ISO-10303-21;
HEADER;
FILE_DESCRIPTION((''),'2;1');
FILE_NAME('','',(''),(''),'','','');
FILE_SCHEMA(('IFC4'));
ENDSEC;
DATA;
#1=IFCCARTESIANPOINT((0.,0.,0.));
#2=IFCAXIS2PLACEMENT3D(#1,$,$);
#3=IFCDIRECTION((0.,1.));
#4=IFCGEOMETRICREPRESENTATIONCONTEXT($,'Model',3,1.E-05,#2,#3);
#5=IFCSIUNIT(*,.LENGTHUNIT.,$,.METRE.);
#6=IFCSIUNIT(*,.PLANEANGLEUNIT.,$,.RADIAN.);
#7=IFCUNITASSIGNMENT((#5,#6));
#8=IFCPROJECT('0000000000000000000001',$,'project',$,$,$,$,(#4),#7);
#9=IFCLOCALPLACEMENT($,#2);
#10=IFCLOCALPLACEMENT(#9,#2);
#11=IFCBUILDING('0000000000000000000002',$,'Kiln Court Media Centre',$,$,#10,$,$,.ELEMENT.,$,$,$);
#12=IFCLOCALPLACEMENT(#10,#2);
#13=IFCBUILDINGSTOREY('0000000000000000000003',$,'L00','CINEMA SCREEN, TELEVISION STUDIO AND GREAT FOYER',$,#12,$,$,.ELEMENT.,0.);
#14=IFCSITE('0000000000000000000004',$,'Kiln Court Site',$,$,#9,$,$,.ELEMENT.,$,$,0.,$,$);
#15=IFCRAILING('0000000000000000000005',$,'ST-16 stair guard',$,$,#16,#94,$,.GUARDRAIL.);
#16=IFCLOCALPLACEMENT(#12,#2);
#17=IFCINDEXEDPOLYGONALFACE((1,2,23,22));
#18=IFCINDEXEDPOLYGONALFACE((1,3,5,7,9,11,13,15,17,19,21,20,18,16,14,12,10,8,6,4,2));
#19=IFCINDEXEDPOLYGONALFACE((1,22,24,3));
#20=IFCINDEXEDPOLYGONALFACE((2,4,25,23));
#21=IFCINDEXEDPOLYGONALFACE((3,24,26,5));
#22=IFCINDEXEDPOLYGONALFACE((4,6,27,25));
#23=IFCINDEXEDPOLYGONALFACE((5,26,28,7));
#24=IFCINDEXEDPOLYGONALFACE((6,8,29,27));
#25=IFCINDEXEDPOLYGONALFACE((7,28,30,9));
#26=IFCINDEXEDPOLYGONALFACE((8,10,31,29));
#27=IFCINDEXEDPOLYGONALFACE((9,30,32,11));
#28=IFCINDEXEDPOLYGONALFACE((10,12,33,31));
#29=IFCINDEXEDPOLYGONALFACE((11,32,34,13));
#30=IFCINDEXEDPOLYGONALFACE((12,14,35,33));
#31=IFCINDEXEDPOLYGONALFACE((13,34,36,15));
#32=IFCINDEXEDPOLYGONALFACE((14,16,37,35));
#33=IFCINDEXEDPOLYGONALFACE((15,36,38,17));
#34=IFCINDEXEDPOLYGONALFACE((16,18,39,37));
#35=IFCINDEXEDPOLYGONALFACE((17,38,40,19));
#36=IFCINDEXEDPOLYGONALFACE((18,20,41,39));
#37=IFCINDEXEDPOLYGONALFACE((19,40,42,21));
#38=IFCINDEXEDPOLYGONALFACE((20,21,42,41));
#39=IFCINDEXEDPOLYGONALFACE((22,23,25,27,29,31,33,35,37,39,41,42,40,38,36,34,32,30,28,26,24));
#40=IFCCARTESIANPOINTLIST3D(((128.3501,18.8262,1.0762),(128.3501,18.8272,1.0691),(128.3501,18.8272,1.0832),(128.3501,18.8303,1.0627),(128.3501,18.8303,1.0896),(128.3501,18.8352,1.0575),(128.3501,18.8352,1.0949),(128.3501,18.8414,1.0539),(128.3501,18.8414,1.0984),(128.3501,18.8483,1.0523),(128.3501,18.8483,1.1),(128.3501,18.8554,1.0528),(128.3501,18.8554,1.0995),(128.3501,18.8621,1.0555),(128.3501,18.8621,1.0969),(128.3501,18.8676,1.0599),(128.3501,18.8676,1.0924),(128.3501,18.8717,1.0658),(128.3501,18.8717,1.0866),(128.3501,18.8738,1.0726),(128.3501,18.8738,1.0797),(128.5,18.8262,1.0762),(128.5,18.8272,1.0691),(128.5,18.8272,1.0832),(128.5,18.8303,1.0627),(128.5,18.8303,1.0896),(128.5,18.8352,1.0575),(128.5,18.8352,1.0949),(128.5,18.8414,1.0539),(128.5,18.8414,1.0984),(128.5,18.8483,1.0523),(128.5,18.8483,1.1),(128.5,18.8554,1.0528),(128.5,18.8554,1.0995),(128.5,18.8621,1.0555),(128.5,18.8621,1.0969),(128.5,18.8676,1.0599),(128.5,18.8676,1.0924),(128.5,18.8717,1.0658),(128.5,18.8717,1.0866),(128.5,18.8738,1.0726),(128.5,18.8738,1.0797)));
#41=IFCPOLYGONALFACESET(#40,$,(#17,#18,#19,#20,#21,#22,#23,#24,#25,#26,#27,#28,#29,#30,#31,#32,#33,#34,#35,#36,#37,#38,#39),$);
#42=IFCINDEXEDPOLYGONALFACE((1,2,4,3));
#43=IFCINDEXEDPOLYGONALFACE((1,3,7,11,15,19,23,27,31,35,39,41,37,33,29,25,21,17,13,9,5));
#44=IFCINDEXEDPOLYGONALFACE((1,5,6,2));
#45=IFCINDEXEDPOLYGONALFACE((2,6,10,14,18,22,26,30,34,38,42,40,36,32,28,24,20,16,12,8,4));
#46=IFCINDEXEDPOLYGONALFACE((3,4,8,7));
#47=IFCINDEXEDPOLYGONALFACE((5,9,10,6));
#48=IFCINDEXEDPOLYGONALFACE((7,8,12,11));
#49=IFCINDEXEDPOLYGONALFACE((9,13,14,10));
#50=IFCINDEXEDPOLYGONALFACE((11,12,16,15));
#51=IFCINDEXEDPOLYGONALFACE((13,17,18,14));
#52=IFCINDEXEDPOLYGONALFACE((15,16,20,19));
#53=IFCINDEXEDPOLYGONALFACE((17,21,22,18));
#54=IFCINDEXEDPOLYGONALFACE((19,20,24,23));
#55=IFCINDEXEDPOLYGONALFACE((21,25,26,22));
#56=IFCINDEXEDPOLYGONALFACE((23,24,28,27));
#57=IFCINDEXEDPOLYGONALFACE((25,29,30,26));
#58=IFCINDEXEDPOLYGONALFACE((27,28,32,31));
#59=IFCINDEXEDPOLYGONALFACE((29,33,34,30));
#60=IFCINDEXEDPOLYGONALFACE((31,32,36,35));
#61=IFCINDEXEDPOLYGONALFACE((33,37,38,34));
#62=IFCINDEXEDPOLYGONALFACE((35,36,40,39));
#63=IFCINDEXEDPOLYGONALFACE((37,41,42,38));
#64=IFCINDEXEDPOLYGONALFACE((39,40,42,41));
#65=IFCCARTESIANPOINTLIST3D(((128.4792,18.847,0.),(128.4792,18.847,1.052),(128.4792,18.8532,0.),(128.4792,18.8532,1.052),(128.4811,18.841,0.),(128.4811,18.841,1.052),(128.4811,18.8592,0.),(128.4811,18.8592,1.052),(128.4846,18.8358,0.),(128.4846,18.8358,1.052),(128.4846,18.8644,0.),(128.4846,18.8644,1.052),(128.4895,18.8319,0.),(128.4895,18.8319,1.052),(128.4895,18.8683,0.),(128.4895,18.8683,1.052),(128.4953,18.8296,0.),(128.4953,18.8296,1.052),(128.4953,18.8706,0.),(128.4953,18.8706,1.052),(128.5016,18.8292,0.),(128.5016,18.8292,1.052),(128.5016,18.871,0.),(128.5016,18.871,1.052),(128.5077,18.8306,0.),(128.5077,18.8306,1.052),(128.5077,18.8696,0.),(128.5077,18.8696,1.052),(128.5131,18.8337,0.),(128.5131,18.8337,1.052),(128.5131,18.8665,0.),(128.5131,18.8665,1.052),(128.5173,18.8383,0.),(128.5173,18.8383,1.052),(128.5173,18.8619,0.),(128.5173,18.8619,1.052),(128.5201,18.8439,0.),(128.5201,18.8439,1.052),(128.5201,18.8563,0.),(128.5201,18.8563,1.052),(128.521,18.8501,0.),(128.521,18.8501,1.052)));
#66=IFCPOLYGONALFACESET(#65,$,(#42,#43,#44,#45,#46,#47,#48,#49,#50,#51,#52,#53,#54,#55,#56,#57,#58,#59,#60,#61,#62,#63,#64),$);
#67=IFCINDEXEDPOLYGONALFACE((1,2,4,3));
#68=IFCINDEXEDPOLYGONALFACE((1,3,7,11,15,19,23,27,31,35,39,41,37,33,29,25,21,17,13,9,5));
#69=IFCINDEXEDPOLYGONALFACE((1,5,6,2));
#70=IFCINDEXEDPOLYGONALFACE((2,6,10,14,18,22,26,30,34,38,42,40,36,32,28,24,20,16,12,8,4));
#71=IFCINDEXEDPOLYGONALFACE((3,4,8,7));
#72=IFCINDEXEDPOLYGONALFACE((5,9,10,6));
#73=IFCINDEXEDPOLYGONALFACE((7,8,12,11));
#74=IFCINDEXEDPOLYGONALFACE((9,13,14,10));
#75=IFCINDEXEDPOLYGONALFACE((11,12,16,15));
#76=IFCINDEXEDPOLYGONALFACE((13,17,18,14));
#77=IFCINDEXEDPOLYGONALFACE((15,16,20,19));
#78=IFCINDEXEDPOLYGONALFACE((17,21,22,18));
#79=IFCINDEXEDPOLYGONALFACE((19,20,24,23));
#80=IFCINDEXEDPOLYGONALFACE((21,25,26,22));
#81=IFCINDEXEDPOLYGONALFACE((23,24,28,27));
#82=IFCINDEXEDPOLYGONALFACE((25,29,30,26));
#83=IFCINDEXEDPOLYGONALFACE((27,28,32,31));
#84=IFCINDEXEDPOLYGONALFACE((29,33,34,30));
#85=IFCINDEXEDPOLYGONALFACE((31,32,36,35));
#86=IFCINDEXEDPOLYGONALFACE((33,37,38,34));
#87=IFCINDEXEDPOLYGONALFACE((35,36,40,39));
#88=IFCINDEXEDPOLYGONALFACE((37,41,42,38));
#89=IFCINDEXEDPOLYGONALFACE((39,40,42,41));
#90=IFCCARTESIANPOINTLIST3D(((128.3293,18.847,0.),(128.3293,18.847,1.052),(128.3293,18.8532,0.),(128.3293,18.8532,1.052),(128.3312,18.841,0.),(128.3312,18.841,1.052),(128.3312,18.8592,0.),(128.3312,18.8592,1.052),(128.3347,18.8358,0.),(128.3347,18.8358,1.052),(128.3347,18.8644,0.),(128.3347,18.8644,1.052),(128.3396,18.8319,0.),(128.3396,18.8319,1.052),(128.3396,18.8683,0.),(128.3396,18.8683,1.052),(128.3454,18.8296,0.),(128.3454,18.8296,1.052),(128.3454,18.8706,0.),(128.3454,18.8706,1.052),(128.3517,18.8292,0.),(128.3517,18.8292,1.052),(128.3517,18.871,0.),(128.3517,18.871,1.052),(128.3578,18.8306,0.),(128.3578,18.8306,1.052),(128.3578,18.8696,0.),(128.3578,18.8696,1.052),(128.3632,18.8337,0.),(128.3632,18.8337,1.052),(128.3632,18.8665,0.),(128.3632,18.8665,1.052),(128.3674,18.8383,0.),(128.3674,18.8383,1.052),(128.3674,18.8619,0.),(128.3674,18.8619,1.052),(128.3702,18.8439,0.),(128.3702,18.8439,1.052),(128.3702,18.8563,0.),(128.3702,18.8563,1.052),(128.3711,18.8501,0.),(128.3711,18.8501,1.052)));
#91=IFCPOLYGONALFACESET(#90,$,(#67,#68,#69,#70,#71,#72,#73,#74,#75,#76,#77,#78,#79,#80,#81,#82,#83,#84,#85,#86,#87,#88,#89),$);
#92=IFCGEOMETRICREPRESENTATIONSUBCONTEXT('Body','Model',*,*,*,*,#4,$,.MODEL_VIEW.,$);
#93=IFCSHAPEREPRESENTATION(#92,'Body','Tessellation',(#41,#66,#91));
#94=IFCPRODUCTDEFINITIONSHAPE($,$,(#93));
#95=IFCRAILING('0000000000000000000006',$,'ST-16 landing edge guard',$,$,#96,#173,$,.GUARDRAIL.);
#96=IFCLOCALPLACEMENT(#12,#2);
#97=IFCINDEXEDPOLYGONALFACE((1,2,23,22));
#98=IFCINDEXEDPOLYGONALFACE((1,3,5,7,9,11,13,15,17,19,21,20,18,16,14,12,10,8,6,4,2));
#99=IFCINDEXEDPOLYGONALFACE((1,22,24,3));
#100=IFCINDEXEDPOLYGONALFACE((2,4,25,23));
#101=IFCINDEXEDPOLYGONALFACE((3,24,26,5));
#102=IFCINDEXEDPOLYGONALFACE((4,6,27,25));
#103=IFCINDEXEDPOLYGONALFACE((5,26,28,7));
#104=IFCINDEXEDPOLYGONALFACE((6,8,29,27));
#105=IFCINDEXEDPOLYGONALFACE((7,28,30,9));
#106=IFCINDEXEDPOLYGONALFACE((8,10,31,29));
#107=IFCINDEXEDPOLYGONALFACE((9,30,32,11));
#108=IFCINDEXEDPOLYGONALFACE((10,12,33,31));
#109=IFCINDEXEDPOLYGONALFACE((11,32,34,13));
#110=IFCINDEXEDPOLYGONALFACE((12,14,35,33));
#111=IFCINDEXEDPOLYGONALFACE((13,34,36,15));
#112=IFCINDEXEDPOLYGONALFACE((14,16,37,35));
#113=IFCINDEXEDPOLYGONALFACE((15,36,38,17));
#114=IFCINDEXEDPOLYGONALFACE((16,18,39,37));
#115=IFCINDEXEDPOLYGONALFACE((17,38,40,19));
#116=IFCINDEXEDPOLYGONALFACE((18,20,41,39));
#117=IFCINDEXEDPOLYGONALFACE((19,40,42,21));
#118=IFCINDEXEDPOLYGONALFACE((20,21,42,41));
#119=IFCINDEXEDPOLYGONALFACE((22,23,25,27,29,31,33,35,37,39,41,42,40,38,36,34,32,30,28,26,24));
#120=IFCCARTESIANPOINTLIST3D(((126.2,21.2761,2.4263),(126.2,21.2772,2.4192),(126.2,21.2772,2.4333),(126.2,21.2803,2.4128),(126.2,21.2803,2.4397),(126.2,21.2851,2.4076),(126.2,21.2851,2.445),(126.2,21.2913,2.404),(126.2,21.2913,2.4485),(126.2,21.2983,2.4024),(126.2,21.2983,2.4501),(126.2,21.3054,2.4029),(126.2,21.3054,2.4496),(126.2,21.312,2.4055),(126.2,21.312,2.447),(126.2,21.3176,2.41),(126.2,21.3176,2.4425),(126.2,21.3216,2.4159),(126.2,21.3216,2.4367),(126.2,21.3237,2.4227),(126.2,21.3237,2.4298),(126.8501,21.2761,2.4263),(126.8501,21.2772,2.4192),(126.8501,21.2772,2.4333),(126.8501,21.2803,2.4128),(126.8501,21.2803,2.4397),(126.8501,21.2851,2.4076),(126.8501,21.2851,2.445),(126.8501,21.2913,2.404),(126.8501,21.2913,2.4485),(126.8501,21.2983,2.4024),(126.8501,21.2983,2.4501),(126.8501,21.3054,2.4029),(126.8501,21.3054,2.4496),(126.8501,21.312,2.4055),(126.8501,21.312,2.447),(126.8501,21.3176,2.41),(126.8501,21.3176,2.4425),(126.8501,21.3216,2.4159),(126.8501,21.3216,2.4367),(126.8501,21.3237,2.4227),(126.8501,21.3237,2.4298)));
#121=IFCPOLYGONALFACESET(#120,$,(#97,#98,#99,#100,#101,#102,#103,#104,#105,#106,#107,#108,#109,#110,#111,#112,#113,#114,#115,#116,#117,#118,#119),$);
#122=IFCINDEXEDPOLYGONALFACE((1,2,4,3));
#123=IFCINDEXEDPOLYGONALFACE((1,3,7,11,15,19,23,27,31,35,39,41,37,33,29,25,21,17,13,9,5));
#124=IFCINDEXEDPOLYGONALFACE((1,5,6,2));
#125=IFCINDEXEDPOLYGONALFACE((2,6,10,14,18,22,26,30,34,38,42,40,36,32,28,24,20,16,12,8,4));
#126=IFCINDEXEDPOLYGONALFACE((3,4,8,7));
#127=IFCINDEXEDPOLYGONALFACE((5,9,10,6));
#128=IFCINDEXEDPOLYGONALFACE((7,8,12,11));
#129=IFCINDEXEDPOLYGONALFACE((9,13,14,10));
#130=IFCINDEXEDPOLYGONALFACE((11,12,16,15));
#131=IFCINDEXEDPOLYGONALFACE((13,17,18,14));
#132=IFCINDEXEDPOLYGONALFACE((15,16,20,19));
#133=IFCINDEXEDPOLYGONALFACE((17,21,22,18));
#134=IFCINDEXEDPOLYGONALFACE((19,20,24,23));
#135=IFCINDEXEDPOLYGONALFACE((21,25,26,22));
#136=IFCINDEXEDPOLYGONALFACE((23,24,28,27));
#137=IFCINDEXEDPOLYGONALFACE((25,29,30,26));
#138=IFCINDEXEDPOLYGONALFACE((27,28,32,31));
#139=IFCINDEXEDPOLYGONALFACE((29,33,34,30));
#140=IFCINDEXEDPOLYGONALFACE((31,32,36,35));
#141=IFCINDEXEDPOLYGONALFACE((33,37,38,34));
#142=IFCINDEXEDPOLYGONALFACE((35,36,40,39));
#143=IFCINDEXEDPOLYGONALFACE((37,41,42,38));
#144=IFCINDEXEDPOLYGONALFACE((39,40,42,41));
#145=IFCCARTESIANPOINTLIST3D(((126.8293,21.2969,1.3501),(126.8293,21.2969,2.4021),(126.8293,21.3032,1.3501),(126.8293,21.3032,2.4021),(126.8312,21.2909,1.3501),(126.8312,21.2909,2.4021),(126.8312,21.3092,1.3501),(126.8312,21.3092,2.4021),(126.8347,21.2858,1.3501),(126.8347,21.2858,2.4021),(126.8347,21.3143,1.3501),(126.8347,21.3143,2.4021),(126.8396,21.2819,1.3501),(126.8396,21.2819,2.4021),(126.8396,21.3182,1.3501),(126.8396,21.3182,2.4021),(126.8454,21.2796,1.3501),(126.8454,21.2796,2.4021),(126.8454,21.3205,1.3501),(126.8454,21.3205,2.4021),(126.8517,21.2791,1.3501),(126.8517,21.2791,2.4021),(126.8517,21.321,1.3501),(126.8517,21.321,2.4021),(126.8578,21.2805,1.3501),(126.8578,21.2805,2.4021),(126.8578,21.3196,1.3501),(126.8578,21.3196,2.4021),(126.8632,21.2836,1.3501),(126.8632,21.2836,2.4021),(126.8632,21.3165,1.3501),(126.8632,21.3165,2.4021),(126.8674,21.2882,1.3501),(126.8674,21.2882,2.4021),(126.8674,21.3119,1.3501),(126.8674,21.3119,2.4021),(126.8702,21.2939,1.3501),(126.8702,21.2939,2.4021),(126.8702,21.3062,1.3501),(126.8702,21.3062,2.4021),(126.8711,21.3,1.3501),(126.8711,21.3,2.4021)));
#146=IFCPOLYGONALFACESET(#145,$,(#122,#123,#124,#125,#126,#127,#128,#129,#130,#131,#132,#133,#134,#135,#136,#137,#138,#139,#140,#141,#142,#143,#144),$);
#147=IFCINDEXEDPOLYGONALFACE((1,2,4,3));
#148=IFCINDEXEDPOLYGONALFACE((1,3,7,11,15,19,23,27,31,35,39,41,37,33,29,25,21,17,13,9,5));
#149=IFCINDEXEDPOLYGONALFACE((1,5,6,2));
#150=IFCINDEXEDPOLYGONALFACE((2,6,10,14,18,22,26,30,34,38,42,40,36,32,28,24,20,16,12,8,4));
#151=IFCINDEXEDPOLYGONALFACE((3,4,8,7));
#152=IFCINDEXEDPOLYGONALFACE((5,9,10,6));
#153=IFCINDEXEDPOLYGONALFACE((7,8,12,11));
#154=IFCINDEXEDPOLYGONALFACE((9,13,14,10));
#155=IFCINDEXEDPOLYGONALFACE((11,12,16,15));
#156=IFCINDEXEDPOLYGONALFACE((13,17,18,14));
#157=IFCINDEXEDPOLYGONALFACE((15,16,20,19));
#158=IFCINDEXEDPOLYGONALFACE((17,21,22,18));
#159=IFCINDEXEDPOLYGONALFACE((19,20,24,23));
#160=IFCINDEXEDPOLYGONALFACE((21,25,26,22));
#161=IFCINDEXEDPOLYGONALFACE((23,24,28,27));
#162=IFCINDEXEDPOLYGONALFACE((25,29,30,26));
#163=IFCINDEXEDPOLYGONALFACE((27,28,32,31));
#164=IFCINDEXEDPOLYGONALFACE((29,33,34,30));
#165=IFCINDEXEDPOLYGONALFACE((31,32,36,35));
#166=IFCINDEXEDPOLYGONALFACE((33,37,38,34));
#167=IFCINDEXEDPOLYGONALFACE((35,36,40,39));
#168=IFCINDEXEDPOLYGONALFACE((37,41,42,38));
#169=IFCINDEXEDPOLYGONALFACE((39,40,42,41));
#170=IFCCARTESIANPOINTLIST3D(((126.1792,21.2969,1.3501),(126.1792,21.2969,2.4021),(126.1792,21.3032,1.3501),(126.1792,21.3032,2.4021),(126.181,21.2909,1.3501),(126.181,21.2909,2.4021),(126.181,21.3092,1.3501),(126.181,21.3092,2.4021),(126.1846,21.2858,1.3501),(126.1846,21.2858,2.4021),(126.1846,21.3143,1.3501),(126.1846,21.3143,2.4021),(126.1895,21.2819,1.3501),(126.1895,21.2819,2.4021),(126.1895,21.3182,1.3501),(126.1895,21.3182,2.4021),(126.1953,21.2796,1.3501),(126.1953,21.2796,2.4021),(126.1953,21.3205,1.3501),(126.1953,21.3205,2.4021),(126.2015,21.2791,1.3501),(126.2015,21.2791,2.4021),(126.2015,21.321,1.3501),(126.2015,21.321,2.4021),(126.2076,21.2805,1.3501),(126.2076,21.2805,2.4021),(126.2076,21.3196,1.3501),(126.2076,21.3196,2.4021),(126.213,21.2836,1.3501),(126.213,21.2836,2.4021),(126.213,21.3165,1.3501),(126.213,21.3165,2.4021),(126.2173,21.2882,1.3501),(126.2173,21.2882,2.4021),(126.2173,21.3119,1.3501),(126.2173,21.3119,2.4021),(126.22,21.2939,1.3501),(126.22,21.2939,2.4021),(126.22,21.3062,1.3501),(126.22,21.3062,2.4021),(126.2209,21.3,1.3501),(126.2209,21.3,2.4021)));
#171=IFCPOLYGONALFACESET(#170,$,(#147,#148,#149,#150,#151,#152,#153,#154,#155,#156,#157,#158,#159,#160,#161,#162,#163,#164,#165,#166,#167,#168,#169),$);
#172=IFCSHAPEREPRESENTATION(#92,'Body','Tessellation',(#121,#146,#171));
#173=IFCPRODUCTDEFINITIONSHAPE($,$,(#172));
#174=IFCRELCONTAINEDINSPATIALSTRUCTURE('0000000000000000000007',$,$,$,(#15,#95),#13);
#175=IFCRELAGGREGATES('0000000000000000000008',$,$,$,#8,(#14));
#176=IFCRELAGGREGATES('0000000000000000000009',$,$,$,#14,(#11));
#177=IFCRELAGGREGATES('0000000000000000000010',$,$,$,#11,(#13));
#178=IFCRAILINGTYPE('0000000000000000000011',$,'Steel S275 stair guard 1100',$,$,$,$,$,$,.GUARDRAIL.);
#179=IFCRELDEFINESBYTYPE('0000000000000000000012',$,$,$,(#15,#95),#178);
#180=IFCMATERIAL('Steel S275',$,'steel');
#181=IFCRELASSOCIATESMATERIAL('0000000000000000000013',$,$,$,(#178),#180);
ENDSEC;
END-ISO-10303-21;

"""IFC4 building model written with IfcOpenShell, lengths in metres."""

from ifc_helpers import new_model, si_unit, direction, frame, origin, origin_2d, place, context, subcontext, project, spatial, circle, extrude, material, type_object, element, save


model = new_model("IFC4")

# Units and contexts
model_context = context("Model", 3, precision=1e-05, world=origin(), true_north=direction((0.0, 1.0)))
body_context = subcontext(model_context, "Body", "Model", "MODEL_VIEW")
ifc_project = project(units=[si_unit("LENGTHUNIT", "METRE"), si_unit("PLANEANGLEUNIT", "RADIAN")], contexts=[model_context])

# Site, building, storey
site_placement = place(None, origin())
site = spatial("IfcSite", under=ifc_project, at=site_placement, Name="Kiln Court Site", CompositionType="ELEMENT", RefElevation=0.0)
building_placement = place(site_placement, origin())
building = spatial("IfcBuilding", under=site, at=building_placement, Name="Kiln Court Media Centre", CompositionType="ELEMENT")
storey_placement = place(building_placement, origin())
storey = spatial("IfcBuildingStorey", under=building, at=storey_placement, Name="L00", Description="CINEMA SCREEN, TELEVISION STUDIO AND GREAT FOYER", CompositionType="ELEMENT", Elevation=0.0)

# Railings
ifc_material_1 = material(Name="Steel S275", Category="steel")
railing_type_1 = type_object("IfcRailingType", Name="Steel S275 stair guard 1100", PredefinedType="GUARDRAIL", material=ifc_material_1)
railing_1_placement = place(storey_placement, frame((128.5, 18.8501, 0.0)))
element("IfcRailing", 1, at=railing_1_placement, inside=storey, type_object=railing_type_1, Name="ST-16 stair guard", PredefinedType="GUARDRAIL", context=body_context, shape_type="SweptSolid", body=[
    extrude(circle(Radius=0.0239, at=origin_2d()), frame((0.0, 0.0, 1.0762), z_axis=(-1.0, 0.0, 0.0), x_axis=(0.0, -1.0, 0.0)), (0.0, 0.0, 1.0), 0.1499),
    extrude(circle(Radius=0.021, at=origin_2d()), origin(), (0.0, 0.0, 1.0), 1.052),
    extrude(circle(Radius=0.021, at=origin_2d()), frame((-0.1499, 0.0, 0.0)), (0.0, 0.0, 1.0), 1.052),
])
for number, where, name in (
    (2, (126.8501, 21.3, 1.3501), "ST-16 landing edge guard"),
):
    element("IfcRailing", number, at=place(storey_placement, frame(where)), inside=storey, type_object=railing_type_1, Name=name, PredefinedType="GUARDRAIL", context=body_context, shape_type="SweptSolid", body=[
        extrude(circle(Radius=0.0239, at=origin_2d()), frame((0.0, 0.0, 1.0762), z_axis=(-1.0, 0.0, 0.0), x_axis=(0.0, -1.0, 0.0)), (0.0, 0.0, 1.0), 0.6501),
        extrude(circle(Radius=0.021, at=origin_2d()), origin(), (0.0, 0.0, 1.0), 1.052),
        extrude(circle(Radius=0.021, at=origin_2d()), frame((-0.6501, 0.0, 0.0)), (0.0, 0.0, 1.0), 1.052),
    ])

save(model, "model.ifc")
